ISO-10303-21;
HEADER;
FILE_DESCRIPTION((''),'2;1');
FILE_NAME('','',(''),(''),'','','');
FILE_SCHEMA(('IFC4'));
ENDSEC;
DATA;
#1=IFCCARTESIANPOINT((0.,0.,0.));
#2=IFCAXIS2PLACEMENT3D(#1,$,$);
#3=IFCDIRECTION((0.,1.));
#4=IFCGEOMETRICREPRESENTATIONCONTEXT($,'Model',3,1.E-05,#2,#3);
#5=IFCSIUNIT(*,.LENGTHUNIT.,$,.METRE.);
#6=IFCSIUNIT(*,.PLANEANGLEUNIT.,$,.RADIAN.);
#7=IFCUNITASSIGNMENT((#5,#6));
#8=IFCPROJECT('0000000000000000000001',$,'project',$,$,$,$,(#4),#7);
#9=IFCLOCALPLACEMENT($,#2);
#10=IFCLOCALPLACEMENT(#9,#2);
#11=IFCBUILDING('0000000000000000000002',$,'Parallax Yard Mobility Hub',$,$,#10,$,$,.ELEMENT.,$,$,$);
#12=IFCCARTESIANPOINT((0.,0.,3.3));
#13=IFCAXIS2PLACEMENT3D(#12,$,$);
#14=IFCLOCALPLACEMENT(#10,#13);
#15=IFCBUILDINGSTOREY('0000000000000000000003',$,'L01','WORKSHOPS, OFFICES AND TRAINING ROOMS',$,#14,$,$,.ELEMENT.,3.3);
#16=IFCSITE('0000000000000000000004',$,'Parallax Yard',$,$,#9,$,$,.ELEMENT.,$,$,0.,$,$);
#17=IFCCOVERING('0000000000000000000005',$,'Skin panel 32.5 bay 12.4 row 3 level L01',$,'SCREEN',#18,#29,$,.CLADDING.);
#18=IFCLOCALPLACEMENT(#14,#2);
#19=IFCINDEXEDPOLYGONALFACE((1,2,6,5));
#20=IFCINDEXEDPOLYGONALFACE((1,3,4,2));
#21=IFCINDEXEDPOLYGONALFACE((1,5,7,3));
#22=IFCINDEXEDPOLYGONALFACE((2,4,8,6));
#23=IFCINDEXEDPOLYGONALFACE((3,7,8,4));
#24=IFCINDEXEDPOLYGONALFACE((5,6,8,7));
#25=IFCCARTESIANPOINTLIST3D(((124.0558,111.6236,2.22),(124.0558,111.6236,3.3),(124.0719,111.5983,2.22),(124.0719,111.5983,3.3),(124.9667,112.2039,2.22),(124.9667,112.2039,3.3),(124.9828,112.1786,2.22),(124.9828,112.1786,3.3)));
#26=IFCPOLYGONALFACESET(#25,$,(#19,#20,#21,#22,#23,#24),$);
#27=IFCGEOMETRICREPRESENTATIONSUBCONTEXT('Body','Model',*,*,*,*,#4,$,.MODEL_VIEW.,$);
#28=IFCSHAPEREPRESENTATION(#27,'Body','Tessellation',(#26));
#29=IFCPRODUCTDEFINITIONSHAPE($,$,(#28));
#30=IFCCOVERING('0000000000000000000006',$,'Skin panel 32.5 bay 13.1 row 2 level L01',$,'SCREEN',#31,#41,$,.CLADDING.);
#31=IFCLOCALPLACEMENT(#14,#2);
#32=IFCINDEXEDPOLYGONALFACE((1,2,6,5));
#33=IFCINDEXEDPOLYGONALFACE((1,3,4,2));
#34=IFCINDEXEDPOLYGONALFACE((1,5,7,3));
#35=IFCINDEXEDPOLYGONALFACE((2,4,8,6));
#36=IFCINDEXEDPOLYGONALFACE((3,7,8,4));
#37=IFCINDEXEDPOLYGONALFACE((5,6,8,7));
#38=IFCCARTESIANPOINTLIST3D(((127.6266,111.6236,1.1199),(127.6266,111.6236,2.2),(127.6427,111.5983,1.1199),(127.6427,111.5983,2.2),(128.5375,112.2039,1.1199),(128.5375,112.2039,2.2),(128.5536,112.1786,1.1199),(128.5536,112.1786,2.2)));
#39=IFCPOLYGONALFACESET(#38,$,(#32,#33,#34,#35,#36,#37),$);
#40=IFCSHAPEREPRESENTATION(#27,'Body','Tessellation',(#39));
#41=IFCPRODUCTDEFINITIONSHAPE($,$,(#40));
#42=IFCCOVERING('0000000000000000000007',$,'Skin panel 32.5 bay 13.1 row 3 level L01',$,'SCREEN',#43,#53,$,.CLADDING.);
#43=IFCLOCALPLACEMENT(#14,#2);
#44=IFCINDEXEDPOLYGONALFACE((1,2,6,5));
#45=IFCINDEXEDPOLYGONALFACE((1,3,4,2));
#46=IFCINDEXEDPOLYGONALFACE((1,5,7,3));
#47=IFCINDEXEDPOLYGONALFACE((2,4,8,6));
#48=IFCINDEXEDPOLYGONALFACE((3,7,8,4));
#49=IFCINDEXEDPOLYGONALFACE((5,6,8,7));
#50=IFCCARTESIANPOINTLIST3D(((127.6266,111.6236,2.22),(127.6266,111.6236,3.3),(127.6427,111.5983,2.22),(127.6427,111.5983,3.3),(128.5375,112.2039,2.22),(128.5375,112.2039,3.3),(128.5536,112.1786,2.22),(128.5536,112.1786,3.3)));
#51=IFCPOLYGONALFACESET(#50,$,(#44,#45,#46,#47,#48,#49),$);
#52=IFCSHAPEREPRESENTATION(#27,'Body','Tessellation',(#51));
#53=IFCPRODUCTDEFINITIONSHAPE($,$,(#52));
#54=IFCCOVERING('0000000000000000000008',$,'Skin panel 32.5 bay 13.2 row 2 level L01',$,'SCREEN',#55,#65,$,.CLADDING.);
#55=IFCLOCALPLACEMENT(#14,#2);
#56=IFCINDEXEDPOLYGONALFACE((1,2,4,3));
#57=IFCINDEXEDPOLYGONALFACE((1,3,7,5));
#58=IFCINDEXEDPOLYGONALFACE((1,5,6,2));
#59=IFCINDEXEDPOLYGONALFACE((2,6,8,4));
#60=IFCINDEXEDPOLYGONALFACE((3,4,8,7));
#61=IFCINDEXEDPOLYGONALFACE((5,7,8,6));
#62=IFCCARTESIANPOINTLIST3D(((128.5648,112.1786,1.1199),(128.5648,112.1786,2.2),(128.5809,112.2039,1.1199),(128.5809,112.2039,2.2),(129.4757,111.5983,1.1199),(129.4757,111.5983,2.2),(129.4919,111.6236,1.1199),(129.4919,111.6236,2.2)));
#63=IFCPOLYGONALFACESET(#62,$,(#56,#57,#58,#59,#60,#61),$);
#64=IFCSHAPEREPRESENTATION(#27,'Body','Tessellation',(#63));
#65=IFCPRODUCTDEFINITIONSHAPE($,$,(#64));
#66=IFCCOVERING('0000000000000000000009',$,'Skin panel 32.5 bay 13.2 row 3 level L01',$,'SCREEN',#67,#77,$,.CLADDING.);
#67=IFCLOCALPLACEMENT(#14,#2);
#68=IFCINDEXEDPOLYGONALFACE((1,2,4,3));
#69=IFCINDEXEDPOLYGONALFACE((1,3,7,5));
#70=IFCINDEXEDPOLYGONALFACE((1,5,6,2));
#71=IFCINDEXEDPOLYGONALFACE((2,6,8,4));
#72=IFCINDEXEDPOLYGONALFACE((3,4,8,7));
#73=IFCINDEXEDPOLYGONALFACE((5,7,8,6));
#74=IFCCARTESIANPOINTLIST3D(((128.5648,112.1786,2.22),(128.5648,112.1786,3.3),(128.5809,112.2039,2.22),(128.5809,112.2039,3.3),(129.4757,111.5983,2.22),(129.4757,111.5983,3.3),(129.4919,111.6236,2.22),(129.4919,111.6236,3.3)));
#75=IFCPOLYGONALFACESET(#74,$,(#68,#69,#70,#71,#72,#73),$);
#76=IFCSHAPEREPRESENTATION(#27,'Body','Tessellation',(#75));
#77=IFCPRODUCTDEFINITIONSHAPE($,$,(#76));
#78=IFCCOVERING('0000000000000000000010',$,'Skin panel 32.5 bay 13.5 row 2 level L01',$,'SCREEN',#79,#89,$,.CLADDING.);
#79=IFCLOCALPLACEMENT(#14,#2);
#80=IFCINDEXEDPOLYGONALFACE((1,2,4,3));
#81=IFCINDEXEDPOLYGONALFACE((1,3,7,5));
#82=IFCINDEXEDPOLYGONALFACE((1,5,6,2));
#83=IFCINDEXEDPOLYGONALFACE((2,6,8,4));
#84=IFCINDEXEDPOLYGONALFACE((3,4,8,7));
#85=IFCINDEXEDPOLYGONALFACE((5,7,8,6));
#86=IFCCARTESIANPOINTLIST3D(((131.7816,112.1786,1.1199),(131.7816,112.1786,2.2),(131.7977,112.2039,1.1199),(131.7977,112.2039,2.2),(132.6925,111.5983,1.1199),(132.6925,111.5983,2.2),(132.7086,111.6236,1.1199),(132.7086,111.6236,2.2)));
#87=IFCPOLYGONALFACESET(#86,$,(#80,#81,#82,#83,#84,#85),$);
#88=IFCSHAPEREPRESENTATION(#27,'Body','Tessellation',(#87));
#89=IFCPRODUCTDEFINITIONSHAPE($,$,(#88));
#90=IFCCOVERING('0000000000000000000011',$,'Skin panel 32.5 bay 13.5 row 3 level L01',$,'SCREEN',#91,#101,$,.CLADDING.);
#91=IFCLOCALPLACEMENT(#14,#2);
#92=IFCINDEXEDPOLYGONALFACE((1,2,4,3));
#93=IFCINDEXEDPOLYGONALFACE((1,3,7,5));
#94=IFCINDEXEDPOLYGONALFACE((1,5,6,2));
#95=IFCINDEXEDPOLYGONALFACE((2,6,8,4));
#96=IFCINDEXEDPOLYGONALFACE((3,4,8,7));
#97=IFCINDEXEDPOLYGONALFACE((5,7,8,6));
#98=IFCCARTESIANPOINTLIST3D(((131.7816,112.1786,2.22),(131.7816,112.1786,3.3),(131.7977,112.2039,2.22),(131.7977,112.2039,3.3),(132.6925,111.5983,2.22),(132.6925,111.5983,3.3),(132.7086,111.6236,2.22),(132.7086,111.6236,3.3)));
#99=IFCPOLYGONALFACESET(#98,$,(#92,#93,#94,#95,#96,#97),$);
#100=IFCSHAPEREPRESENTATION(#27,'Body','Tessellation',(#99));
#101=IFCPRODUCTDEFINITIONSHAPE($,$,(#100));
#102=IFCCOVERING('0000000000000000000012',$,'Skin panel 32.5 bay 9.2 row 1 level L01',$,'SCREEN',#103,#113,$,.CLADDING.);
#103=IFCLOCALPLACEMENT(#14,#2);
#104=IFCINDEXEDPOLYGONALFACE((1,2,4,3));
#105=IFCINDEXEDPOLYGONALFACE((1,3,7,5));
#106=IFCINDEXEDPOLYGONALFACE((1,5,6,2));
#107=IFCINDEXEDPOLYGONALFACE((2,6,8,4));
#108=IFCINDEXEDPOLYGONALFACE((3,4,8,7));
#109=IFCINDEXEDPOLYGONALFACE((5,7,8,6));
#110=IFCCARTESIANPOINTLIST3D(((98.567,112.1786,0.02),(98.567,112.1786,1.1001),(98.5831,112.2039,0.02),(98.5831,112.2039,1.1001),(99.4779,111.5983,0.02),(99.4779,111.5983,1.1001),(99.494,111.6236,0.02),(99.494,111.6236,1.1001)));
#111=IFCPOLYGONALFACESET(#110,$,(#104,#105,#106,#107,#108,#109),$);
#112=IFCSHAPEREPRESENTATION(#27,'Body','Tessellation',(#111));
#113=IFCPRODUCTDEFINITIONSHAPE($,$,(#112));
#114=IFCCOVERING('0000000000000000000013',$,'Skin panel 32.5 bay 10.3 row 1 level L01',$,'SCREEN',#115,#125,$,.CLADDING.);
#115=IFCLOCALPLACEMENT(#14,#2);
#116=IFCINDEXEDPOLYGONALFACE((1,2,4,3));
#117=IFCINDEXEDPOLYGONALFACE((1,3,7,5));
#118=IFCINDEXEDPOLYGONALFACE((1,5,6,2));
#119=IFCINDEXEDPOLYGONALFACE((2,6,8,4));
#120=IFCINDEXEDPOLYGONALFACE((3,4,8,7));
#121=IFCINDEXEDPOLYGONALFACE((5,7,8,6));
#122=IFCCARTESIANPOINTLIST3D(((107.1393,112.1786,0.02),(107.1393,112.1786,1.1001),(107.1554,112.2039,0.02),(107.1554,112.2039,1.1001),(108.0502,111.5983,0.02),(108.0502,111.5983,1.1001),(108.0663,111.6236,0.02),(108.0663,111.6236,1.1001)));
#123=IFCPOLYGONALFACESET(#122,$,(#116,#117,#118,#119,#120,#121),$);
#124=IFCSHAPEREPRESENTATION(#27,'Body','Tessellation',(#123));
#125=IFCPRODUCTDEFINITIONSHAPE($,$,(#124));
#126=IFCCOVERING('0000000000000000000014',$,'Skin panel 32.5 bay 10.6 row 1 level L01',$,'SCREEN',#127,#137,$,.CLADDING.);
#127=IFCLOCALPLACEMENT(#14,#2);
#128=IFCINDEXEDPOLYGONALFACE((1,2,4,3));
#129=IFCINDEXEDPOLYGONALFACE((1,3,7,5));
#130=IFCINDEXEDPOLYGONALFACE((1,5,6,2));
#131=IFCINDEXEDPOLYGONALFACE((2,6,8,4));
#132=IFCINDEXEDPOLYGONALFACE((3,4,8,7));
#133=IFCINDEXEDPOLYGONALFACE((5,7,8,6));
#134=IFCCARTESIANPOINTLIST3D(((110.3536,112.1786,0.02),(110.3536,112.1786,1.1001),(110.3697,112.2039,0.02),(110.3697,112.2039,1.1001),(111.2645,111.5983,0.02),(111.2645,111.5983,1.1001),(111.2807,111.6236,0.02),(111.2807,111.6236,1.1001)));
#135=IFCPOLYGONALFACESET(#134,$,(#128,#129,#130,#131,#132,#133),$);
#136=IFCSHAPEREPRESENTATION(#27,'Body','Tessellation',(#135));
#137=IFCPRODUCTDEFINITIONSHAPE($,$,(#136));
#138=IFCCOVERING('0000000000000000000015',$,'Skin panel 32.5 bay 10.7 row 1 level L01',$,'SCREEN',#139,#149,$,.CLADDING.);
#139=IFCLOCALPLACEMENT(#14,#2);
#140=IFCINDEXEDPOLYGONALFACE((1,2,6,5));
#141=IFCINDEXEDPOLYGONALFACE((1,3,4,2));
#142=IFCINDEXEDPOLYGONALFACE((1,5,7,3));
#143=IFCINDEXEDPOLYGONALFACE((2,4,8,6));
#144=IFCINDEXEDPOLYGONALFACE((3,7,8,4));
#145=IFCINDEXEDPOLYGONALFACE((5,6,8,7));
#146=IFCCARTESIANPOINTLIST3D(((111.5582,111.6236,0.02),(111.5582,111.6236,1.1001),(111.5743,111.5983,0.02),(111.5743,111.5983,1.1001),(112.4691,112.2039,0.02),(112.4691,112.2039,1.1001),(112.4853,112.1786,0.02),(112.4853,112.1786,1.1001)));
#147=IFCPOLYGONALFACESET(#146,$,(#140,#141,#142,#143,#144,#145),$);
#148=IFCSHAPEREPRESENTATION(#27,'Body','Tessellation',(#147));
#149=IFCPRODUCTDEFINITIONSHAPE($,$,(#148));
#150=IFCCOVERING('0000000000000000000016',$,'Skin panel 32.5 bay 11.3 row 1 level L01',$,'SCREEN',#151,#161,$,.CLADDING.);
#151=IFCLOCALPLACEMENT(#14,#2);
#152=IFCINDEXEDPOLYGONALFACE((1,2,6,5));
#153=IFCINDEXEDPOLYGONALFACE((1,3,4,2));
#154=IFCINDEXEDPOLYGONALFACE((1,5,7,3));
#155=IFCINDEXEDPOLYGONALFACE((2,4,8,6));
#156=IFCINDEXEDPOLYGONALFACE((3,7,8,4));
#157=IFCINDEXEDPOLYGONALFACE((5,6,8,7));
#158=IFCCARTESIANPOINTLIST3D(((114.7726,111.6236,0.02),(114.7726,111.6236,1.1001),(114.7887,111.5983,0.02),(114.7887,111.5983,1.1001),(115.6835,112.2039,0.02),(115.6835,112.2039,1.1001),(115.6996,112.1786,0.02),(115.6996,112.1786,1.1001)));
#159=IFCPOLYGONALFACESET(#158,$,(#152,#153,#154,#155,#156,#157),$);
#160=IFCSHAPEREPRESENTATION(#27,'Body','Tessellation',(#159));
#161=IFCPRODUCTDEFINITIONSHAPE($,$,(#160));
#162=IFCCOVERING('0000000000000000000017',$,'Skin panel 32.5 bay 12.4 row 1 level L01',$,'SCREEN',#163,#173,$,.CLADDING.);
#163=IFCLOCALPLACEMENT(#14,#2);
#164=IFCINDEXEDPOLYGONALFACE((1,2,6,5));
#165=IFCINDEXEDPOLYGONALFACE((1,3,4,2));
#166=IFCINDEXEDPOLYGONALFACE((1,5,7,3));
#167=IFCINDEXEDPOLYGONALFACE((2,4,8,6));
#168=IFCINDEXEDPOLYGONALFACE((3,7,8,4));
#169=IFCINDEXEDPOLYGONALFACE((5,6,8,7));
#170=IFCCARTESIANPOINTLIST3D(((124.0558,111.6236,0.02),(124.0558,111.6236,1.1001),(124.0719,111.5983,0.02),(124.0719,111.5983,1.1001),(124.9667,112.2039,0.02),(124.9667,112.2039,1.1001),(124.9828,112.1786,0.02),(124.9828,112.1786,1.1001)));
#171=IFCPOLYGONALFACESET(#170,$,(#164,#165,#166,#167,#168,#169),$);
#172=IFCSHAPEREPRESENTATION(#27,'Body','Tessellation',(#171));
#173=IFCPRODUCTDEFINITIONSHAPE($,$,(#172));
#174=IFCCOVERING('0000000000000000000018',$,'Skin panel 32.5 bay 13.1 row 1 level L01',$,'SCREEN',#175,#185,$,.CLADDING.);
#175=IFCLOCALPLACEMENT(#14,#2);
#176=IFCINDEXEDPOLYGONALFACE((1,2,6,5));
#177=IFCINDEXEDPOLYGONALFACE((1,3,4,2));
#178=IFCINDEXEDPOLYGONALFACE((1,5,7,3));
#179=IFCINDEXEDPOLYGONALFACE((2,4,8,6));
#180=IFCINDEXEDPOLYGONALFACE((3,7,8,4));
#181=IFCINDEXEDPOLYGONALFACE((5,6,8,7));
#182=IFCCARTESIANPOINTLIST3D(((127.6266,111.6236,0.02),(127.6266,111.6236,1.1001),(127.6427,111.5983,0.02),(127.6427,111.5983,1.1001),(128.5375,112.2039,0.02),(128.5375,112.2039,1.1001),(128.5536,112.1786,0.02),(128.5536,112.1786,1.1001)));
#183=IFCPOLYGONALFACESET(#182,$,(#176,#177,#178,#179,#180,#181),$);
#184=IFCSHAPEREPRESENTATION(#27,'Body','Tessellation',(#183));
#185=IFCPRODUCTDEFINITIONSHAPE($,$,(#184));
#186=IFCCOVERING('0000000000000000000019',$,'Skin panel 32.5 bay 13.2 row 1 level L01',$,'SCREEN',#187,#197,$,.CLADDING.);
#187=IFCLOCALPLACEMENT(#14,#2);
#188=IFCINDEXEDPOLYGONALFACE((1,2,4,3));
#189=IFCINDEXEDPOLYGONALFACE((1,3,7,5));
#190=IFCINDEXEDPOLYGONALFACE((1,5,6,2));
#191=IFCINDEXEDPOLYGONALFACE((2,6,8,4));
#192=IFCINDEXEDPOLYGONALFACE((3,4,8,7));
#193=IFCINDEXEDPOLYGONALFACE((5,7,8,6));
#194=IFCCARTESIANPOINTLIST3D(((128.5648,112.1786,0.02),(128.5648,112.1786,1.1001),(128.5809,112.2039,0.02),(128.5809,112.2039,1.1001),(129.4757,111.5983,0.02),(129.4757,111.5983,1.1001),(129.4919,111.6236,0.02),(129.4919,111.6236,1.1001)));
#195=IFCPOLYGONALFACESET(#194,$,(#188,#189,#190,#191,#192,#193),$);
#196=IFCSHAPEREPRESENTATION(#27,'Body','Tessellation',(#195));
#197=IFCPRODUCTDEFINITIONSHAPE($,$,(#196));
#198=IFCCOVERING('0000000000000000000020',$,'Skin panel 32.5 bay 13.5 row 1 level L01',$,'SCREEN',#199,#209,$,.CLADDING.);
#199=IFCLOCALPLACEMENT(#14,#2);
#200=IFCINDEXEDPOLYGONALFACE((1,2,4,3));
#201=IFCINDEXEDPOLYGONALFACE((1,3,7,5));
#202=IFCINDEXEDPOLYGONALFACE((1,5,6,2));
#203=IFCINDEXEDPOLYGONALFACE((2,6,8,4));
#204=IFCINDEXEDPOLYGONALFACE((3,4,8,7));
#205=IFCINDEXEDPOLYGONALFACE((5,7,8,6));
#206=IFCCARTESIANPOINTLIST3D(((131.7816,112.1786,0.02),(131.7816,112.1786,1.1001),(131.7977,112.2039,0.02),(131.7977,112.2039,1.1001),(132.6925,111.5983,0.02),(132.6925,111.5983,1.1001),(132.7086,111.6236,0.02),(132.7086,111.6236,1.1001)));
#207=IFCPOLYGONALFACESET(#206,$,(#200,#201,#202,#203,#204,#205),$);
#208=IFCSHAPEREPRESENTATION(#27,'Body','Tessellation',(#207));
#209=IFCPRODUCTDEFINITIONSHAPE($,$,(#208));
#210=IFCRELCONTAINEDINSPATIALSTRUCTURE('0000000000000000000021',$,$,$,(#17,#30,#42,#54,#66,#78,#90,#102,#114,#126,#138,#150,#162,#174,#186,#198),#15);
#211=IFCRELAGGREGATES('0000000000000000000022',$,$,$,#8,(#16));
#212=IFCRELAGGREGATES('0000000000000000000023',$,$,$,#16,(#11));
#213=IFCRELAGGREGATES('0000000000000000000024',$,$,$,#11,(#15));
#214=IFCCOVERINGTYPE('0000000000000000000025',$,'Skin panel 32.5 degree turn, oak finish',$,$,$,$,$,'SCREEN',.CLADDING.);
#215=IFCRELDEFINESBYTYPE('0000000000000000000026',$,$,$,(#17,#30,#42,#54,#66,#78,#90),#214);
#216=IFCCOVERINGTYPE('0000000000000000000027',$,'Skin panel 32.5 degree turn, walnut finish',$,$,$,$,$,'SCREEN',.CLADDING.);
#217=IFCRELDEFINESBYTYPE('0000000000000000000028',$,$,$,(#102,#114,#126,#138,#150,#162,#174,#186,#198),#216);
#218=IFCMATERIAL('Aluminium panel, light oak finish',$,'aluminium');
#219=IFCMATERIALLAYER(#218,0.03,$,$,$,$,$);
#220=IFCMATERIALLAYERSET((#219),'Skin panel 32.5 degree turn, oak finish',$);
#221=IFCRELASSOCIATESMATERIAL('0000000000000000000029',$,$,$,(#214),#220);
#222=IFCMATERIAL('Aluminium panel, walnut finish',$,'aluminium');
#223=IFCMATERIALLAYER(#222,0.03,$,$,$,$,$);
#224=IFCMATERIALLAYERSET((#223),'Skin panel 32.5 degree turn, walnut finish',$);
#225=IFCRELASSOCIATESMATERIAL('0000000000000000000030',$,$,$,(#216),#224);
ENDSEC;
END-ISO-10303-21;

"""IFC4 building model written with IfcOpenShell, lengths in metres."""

from ifc_helpers import new_model, si_unit, direction, frame, origin, origin_2d, place, context, subcontext, project, spatial, rectangle, extrude, material, layer, layer_set, type_object, element, save


model = new_model("IFC4")

# Units and contexts
model_context = context("Model", 3, precision=1e-05, world=origin(), true_north=direction((0.0, 1.0)))
body_context = subcontext(model_context, "Body", "Model", "MODEL_VIEW")
ifc_project = project(units=[si_unit("LENGTHUNIT", "METRE"), si_unit("PLANEANGLEUNIT", "RADIAN")], contexts=[model_context])

# Site, building, storey
site_placement = place(None, origin())
site = spatial("IfcSite", under=ifc_project, at=site_placement, Name="Parallax Yard", CompositionType="ELEMENT", RefElevation=0.0)
building_placement = place(site_placement, origin())
building = spatial("IfcBuilding", under=site, at=building_placement, Name="Parallax Yard Mobility Hub", CompositionType="ELEMENT")
storey_placement = place(building_placement, frame((0.0, 0.0, 3.3)))
storey = spatial("IfcBuildingStorey", under=building, at=storey_placement, Name="L01", Description="WORKSHOPS, OFFICES AND TRAINING ROOMS", CompositionType="ELEMENT", Elevation=3.3)

# Coverings
ifc_material_1 = material(Name="Aluminium panel, light oak finish", Category="aluminium")
ifc_material_2 = material(Name="Aluminium panel, walnut finish", Category="aluminium")
ifc_layer_1 = layer(ifc_material_1, 0.03)
ifc_layer_set_1 = layer_set([ifc_layer_1], Name="Skin panel 32.5 degree turn, oak finish")
covering_type_1 = type_object("IfcCoveringType", Name="Skin panel 32.5 degree turn, oak finish", ElementType="SCREEN", PredefinedType="CLADDING", material=ifc_layer_set_1)
for number, where, z_axis, x_axis, name in (
    (1, (124.5193, 111.9011, 2.22), (0.0, 0.0, 1.0), (-0.843391, -0.5373, 0.0), "Skin panel 32.5 bay 12.4 row 3 level L01"),
    (2, (128.0901, 111.9011, 1.1199), (0.0, 0.0, 1.0), (-0.843391, -0.5373, 0.0), "Skin panel 32.5 bay 13.1 row 2 level L01"),
    (3, (128.0901, 111.9011, 2.22), (0.0, 0.0, 1.0), (-0.843391, -0.5373, 0.0), "Skin panel 32.5 bay 13.1 row 3 level L01"),
    (4, (129.0283, 111.9011, 1.1199), (0.0, 0.0, 1.0), (0.843391, -0.5373, 0.0), "Skin panel 32.5 bay 13.2 row 2 level L01"),
    (5, (129.0283, 111.9011, 2.22), (0.0, 0.0, 1.0), (0.843391, -0.5373, 0.0), "Skin panel 32.5 bay 13.2 row 3 level L01"),
    (6, (132.2451, 111.9011, 1.1199), (0.0, 0.0, 1.0), (0.843391, -0.5373, 0.0), "Skin panel 32.5 bay 13.5 row 2 level L01"),
    (7, (132.2451, 111.9011, 2.22), (0.0, 0.0, 1.0), (0.843391, -0.5373, 0.0), "Skin panel 32.5 bay 13.5 row 3 level L01"),
):
    element("IfcCovering", number, at=place(storey_placement, frame(where, z_axis=z_axis, x_axis=x_axis)), inside=storey, type_object=covering_type_1, Name=name, ObjectType="SCREEN", PredefinedType="CLADDING", context=body_context, shape_type="SweptSolid", body=[
        extrude(rectangle(XDim=1.0801, YDim=0.03, at=origin_2d()), origin(), (0.0, 0.0, 1.0), 1.0801),
    ])
ifc_layer_2 = layer(ifc_material_2, 0.03)
ifc_layer_set_2 = layer_set([ifc_layer_2], Name="Skin panel 32.5 degree turn, walnut finish")
covering_type_2 = type_object("IfcCoveringType", Name="Skin panel 32.5 degree turn, walnut finish", ElementType="SCREEN", PredefinedType="CLADDING", material=ifc_layer_set_2)
for number, where, z_axis, x_axis, name in (
    (8, (99.0305, 111.9011, 0.02), (0.0, 0.0, 1.0), (0.843391, -0.5373, 0.0), "Skin panel 32.5 bay 9.2 row 1 level L01"),
    (9, (107.6028, 111.9011, 0.02), (0.0, 0.0, 1.0), (0.843391, -0.5373, 0.0), "Skin panel 32.5 bay 10.3 row 1 level L01"),
    (10, (110.8171, 111.9011, 0.02), (0.0, 0.0, 1.0), (0.843391, -0.5373, 0.0), "Skin panel 32.5 bay 10.6 row 1 level L01"),
    (11, (112.0217, 111.9011, 0.02), (0.0, 0.0, 1.0), (-0.843391, -0.5373, 0.0), "Skin panel 32.5 bay 10.7 row 1 level L01"),
    (12, (115.2361, 111.9011, 0.02), (0.0, 0.0, 1.0), (-0.843391, -0.5373, 0.0), "Skin panel 32.5 bay 11.3 row 1 level L01"),
    (13, (124.5193, 111.9011, 0.02), (0.0, 0.0, 1.0), (-0.843391, -0.5373, 0.0), "Skin panel 32.5 bay 12.4 row 1 level L01"),
    (14, (128.0901, 111.9011, 0.02), (0.0, 0.0, 1.0), (-0.843391, -0.5373, 0.0), "Skin panel 32.5 bay 13.1 row 1 level L01"),
    (15, (129.0283, 111.9011, 0.02), (0.0, 0.0, 1.0), (0.843391, -0.5373, 0.0), "Skin panel 32.5 bay 13.2 row 1 level L01"),
    (16, (132.2451, 111.9011, 0.02), (0.0, 0.0, 1.0), (0.843391, -0.5373, 0.0), "Skin panel 32.5 bay 13.5 row 1 level L01"),
):
    element("IfcCovering", number, at=place(storey_placement, frame(where, z_axis=z_axis, x_axis=x_axis)), inside=storey, type_object=covering_type_2, Name=name, ObjectType="SCREEN", PredefinedType="CLADDING", context=body_context, shape_type="SweptSolid", body=[
        extrude(rectangle(XDim=1.0801, YDim=0.03, at=origin_2d()), origin(), (0.0, 0.0, 1.0), 1.0801),
    ])

save(model, "model.ifc")
